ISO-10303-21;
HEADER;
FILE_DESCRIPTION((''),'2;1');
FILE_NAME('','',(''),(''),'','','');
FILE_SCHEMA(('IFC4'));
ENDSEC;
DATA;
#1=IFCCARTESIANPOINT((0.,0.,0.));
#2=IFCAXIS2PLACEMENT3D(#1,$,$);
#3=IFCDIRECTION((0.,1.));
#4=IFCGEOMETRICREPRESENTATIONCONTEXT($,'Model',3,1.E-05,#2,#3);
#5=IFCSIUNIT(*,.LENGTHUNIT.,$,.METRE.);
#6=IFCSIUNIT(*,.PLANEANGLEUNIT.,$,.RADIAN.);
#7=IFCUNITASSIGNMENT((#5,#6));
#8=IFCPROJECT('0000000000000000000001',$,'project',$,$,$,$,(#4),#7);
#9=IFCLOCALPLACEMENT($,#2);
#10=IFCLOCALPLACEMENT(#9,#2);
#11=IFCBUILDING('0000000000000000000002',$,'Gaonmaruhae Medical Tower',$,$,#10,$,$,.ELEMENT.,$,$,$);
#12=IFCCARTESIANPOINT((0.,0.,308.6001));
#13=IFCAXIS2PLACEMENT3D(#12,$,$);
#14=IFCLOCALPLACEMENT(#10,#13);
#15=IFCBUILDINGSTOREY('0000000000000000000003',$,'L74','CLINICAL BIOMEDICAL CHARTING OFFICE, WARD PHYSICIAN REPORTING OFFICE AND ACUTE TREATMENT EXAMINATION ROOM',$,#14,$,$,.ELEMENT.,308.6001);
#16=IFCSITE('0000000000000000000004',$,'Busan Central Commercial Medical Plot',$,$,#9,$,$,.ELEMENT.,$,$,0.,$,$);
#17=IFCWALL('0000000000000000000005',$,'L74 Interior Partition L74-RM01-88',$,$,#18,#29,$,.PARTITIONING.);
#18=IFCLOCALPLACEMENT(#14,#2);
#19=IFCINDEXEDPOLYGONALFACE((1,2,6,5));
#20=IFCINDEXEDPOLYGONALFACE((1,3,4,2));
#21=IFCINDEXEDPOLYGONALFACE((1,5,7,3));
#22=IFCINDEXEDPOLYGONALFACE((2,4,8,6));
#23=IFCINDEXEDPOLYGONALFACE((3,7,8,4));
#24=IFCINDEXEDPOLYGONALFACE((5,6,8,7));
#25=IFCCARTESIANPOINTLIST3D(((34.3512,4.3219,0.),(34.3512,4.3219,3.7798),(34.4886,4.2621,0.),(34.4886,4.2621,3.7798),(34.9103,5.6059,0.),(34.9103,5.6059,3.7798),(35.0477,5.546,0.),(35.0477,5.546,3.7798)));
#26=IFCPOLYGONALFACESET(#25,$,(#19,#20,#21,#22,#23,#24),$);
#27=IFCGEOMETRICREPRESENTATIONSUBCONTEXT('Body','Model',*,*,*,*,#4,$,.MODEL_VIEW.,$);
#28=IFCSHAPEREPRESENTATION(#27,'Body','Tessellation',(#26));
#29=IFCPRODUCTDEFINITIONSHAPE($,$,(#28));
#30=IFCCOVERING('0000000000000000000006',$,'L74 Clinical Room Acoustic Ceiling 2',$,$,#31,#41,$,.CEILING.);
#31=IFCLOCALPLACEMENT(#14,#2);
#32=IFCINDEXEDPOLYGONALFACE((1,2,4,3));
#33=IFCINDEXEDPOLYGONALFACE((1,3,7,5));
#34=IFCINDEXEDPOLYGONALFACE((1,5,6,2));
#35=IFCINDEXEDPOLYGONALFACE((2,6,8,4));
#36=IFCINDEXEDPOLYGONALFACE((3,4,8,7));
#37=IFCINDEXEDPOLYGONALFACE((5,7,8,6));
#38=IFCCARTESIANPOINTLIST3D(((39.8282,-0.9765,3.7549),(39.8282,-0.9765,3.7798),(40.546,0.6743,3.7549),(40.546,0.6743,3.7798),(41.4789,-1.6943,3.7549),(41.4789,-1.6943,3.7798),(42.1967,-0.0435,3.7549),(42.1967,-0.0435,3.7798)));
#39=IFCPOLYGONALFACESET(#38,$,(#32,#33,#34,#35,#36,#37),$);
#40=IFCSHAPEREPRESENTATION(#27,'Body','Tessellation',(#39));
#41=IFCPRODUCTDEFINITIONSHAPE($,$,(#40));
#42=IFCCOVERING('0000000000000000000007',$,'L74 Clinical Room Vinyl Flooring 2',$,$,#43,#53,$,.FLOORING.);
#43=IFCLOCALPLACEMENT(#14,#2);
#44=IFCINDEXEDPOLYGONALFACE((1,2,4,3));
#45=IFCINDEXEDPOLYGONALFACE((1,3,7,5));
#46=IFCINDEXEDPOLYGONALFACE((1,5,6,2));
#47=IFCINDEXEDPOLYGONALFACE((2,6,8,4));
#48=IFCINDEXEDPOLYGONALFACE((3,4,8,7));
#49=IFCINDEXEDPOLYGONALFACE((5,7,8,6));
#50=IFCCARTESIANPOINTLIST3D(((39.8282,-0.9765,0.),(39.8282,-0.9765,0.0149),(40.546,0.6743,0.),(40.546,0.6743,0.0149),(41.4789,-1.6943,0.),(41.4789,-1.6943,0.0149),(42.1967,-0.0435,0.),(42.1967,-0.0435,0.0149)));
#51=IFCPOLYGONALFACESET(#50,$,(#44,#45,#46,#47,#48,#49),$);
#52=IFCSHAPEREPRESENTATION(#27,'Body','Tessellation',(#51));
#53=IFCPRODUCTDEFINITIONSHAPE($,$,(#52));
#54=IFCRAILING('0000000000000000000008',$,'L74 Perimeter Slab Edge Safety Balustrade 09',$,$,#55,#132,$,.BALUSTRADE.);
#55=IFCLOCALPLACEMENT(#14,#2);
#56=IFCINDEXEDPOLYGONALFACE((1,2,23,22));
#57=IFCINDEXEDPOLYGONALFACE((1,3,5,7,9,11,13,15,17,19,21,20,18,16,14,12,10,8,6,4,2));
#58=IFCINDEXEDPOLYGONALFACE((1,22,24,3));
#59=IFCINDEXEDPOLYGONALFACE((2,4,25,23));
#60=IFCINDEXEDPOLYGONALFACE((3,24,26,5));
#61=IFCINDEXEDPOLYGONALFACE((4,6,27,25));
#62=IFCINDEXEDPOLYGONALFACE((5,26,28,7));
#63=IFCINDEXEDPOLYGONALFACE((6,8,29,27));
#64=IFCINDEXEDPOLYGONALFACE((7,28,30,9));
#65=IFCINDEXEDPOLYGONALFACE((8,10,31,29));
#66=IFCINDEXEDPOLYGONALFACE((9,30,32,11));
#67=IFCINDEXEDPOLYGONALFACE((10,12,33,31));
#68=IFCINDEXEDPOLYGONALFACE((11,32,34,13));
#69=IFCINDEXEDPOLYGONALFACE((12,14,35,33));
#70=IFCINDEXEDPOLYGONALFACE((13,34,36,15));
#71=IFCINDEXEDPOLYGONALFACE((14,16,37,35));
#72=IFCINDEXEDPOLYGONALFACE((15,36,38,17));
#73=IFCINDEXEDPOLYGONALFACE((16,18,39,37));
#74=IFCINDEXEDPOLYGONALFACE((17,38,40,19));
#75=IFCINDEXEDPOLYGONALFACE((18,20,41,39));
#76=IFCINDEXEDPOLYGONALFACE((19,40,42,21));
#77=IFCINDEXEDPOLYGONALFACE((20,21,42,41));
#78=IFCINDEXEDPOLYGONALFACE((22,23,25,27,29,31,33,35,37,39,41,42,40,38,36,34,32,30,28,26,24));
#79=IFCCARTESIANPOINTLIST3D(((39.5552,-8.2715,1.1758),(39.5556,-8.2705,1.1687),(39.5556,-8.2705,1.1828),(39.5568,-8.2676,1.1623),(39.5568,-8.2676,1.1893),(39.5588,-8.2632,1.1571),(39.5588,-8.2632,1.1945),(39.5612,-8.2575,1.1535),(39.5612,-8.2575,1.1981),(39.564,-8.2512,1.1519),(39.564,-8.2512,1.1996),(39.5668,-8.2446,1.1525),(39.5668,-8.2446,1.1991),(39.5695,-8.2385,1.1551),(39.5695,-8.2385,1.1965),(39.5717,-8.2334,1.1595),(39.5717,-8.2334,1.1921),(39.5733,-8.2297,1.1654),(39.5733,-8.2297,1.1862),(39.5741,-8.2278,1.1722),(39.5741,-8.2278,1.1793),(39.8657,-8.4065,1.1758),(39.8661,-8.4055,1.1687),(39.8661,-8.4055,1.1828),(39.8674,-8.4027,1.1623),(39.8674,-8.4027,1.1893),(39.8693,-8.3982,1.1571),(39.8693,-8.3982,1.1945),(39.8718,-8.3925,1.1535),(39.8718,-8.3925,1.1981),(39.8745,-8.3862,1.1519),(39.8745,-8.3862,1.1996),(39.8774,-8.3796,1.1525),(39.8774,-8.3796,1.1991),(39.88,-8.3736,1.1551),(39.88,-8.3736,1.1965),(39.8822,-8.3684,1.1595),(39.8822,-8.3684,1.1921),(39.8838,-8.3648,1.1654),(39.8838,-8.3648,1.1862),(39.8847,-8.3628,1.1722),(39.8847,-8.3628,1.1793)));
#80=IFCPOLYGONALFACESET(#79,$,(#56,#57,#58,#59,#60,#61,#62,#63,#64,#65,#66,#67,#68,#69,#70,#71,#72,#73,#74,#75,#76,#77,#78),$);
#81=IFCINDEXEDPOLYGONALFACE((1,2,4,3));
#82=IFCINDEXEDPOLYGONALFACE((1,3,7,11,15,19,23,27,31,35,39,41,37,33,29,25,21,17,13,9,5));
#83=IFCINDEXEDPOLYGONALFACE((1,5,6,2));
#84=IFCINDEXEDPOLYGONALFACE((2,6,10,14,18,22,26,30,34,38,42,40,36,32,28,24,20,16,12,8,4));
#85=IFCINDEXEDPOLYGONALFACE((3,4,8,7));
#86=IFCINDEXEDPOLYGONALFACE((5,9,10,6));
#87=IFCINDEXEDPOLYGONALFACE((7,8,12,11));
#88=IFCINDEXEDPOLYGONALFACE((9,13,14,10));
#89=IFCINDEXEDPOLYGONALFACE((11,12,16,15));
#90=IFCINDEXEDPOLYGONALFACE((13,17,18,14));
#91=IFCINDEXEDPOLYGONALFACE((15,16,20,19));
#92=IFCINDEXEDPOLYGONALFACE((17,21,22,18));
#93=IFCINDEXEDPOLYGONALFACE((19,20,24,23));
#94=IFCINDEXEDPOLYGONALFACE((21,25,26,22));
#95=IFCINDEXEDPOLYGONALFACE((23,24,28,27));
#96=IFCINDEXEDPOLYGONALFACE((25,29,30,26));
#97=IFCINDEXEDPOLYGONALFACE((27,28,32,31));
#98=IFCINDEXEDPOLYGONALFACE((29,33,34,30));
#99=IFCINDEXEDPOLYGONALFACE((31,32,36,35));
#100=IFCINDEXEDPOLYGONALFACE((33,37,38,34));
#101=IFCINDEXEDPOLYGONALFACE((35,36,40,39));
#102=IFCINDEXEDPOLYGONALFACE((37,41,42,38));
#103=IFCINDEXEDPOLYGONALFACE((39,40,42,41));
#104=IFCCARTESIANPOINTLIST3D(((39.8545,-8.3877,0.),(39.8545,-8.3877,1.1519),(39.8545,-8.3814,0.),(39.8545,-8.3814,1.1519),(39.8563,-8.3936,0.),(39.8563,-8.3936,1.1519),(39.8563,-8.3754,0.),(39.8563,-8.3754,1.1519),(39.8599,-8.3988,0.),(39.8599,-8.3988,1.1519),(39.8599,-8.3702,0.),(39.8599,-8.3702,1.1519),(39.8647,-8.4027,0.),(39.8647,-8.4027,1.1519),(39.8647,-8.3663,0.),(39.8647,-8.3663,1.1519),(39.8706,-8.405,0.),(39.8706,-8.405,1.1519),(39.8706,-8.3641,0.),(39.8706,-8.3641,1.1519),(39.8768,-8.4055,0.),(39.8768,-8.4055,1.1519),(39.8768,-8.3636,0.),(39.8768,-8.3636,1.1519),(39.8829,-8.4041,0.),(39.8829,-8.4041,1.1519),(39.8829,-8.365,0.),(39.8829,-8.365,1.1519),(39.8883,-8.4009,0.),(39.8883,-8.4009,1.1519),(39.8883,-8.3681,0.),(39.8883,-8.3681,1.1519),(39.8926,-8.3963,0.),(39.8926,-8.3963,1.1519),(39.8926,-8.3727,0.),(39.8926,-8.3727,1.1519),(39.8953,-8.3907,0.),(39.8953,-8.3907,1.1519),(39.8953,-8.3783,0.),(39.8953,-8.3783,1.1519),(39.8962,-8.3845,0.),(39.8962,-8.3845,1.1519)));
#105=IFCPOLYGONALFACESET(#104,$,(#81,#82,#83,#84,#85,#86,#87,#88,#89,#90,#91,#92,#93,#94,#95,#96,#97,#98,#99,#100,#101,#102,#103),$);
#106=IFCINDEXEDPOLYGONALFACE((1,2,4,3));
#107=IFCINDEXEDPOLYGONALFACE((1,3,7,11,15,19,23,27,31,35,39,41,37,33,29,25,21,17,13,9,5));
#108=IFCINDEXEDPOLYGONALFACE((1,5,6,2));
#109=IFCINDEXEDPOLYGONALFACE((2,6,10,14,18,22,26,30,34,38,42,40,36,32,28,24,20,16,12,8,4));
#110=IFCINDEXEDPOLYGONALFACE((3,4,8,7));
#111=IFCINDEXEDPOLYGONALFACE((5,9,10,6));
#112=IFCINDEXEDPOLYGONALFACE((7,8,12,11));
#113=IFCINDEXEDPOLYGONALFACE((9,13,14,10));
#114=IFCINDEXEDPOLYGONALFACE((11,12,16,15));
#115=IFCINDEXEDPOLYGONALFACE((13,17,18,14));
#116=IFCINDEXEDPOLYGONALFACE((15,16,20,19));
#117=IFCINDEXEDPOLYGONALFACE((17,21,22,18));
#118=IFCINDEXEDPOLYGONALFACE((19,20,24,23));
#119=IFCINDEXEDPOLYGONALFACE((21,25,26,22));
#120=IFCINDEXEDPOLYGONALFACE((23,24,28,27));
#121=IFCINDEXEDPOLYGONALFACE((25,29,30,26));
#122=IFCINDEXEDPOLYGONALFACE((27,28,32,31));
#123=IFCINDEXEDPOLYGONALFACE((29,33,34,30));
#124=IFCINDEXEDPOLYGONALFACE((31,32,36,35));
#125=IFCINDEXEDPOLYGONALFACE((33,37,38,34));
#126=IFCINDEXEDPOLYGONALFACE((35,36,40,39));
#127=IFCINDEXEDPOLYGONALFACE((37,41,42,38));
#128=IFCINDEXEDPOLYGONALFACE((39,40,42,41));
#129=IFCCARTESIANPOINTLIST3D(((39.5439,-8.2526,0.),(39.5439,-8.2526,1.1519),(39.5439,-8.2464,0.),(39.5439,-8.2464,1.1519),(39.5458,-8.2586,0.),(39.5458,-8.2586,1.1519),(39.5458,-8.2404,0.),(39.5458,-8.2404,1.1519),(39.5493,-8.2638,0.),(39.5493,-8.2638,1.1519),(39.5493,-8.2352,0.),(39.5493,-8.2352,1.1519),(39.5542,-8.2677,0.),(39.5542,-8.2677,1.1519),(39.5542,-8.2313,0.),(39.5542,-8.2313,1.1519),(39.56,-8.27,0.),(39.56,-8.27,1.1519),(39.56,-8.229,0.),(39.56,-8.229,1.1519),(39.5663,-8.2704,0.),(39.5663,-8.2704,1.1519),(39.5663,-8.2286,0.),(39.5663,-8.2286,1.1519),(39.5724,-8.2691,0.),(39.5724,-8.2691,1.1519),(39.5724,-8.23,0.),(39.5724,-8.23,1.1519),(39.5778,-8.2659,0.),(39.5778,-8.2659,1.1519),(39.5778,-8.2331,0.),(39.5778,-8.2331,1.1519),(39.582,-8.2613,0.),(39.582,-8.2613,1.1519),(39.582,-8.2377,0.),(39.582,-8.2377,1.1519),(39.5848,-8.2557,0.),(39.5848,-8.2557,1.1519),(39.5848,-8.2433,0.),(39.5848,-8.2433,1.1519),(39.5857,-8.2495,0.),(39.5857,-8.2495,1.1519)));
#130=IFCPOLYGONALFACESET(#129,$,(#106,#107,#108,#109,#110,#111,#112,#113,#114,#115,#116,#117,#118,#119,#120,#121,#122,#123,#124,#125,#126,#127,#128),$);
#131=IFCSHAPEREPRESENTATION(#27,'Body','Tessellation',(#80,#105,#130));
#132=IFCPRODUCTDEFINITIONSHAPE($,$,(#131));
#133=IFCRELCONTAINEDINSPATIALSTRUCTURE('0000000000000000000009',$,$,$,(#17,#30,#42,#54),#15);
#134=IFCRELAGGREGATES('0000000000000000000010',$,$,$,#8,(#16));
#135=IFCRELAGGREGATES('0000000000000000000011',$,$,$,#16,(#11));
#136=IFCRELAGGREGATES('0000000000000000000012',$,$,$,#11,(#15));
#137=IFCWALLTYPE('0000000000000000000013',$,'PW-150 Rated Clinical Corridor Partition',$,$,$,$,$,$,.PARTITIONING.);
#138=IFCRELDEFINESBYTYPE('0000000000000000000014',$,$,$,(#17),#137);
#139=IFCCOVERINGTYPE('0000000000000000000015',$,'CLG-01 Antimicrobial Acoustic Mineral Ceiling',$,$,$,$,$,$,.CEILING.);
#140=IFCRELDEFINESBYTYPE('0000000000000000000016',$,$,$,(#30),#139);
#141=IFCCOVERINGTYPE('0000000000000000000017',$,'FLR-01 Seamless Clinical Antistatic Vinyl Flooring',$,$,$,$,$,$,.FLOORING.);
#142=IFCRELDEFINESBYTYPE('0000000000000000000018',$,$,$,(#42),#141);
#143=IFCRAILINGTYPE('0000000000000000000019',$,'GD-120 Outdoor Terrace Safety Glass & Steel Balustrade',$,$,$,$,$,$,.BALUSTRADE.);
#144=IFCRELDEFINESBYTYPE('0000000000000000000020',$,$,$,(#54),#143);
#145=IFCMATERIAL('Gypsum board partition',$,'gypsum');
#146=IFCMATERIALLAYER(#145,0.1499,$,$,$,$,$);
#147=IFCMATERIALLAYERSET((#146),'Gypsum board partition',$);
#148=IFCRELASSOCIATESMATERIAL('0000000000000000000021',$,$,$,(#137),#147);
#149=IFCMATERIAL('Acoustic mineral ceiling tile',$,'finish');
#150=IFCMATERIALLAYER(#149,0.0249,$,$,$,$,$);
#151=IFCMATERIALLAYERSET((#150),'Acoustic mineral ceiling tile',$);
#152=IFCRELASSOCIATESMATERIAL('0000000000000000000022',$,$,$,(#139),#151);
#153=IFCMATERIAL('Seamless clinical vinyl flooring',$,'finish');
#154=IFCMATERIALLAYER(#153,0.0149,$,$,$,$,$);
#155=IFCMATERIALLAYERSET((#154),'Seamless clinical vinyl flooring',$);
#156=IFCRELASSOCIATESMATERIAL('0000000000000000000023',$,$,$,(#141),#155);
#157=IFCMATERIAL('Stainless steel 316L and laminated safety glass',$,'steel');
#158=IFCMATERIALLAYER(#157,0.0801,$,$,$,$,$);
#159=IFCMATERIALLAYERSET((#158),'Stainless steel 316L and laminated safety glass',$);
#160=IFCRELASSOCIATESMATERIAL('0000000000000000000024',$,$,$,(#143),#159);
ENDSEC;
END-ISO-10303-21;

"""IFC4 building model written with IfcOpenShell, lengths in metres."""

from ifc_helpers import new_model, si_unit, direction, frame, frame_2d, origin, origin_2d, place, context, subcontext, project, spatial, rectangle, circle, extrude, material, layer, layer_set, type_object, element, save


model = new_model("IFC4")

# Units and contexts
model_context = context("Model", 3, precision=1e-05, world=origin(), true_north=direction((0.0, 1.0)))
body_context = subcontext(model_context, "Body", "Model", "MODEL_VIEW")
ifc_project = project(units=[si_unit("LENGTHUNIT", "METRE"), si_unit("PLANEANGLEUNIT", "RADIAN")], contexts=[model_context])

# Site, building, storey
site_placement = place(None, origin())
site = spatial("IfcSite", under=ifc_project, at=site_placement, Name="Busan Central Commercial Medical Plot", CompositionType="ELEMENT", RefElevation=0.0)
building_placement = place(site_placement, origin())
building = spatial("IfcBuilding", under=site, at=building_placement, Name="Gaonmaruhae Medical Tower", CompositionType="ELEMENT")
storey_placement = place(building_placement, frame((0.0, 0.0, 308.6001)))
storey = spatial("IfcBuildingStorey", under=building, at=storey_placement, Name="L74", Description="CLINICAL BIOMEDICAL CHARTING OFFICE, WARD PHYSICIAN REPORTING OFFICE AND ACUTE TREATMENT EXAMINATION ROOM", CompositionType="ELEMENT", Elevation=308.6001)

# Wall
ifc_material_1 = material(Name="Gypsum board partition", Category="gypsum")
ifc_layer_1 = layer(ifc_material_1, 0.1499)
ifc_layer_set_1 = layer_set([ifc_layer_1], Name="Gypsum board partition")
wall_type_1 = type_object("IfcWallType", Name="PW-150 Rated Clinical Corridor Partition", PredefinedType="PARTITIONING", material=ifc_layer_set_1)
wall_1_placement = place(storey_placement, frame((34.979, 5.5759, 0.0), z_axis=(0.0, 0.0, 1.0), x_axis=(-0.399236, -0.916848, 0.0)))
element("IfcWall", 1, at=wall_1_placement, inside=storey, type_object=wall_type_1, Name="L74 Interior Partition L74-RM01-88", PredefinedType="PARTITIONING", context=body_context, shape_type="SweptSolid", body=[
    extrude(rectangle(XDim=1.4004, YDim=0.1499, at=frame_2d((0.7002, 0.0))), origin(), (0.0, 0.0, 1.0), 3.7798),
])

# Coverings
ifc_material_2 = material(Name="Acoustic mineral ceiling tile", Category="finish")
ifc_layer_2 = layer(ifc_material_2, 0.0249)
ifc_layer_set_2 = layer_set([ifc_layer_2], Name="Acoustic mineral ceiling tile")
covering_type_1 = type_object("IfcCoveringType", Name="CLG-01 Antimicrobial Acoustic Mineral Ceiling", PredefinedType="CEILING", material=ifc_layer_set_2)
covering_1_placement = place(storey_placement, frame((41.0125, -0.51, 3.7549), z_axis=(0.0, 0.0, 1.0), x_axis=(0.398749, 0.91706, 0.0)))
element("IfcCovering", 2, at=covering_1_placement, inside=storey, type_object=covering_type_1, Name="L74 Clinical Room Acoustic Ceiling 2", PredefinedType="CEILING", context=body_context, shape_type="SweptSolid", body=[
    extrude(rectangle(XDim=1.8, YDim=1.8, at=origin_2d()), origin(), (0.0, 0.0, 1.0), 0.0249),
])
ifc_material_3 = material(Name="Seamless clinical vinyl flooring", Category="finish")
ifc_layer_3 = layer(ifc_material_3, 0.0149)
ifc_layer_set_3 = layer_set([ifc_layer_3], Name="Seamless clinical vinyl flooring")
covering_type_2 = type_object("IfcCoveringType", Name="FLR-01 Seamless Clinical Antistatic Vinyl Flooring", PredefinedType="FLOORING", material=ifc_layer_set_3)
covering_2_placement = place(storey_placement, frame((41.0125, -0.51, 0.0), z_axis=(0.0, 0.0, 1.0), x_axis=(0.398749, 0.91706, 0.0)))
element("IfcCovering", 3, at=covering_2_placement, inside=storey, type_object=covering_type_2, Name="L74 Clinical Room Vinyl Flooring 2", PredefinedType="FLOORING", context=body_context, shape_type="SweptSolid", body=[
    extrude(rectangle(XDim=1.8, YDim=1.8, at=origin_2d()), origin(), (0.0, 0.0, 1.0), 0.0149),
])

# Railing
ifc_material_4 = material(Name="Stainless steel 316L and laminated safety glass", Category="steel")
ifc_layer_4 = layer(ifc_material_4, 0.0801)
ifc_layer_set_4 = layer_set([ifc_layer_4], Name="Stainless steel 316L and laminated safety glass")
railing_type = type_object("IfcRailingType", Name="GD-120 Outdoor Terrace Safety Glass & Steel Balustrade", PredefinedType="BALUSTRADE", material=ifc_layer_set_4)
for number, where, name in (
    (4, (39.8752, -8.3845, 0.0), "L74 Perimeter Slab Edge Safety Balustrade 09"),
):
    element("IfcRailing", number, at=place(storey_placement, frame(where)), inside=storey, type_object=railing_type, Name=name, PredefinedType="BALUSTRADE", context=body_context, shape_type="SweptSolid", body=[
        extrude(circle(Radius=0.0239, at=origin_2d()), frame((0.0, 0.0, 1.1758), z_axis=(-0.917082, 0.3987, 0.0), x_axis=(-0.3987, -0.917082, 0.0)), (0.0, 0.0, 1.0), 0.3386),
        extrude(circle(Radius=0.021, at=origin_2d()), origin(), (0.0, 0.0, 1.0), 1.1519),
        extrude(circle(Radius=0.021, at=origin_2d()), frame((-0.3105, 0.135, 0.0)), (0.0, 0.0, 1.0), 1.1519),
    ])

save(model, "model.ifc")
